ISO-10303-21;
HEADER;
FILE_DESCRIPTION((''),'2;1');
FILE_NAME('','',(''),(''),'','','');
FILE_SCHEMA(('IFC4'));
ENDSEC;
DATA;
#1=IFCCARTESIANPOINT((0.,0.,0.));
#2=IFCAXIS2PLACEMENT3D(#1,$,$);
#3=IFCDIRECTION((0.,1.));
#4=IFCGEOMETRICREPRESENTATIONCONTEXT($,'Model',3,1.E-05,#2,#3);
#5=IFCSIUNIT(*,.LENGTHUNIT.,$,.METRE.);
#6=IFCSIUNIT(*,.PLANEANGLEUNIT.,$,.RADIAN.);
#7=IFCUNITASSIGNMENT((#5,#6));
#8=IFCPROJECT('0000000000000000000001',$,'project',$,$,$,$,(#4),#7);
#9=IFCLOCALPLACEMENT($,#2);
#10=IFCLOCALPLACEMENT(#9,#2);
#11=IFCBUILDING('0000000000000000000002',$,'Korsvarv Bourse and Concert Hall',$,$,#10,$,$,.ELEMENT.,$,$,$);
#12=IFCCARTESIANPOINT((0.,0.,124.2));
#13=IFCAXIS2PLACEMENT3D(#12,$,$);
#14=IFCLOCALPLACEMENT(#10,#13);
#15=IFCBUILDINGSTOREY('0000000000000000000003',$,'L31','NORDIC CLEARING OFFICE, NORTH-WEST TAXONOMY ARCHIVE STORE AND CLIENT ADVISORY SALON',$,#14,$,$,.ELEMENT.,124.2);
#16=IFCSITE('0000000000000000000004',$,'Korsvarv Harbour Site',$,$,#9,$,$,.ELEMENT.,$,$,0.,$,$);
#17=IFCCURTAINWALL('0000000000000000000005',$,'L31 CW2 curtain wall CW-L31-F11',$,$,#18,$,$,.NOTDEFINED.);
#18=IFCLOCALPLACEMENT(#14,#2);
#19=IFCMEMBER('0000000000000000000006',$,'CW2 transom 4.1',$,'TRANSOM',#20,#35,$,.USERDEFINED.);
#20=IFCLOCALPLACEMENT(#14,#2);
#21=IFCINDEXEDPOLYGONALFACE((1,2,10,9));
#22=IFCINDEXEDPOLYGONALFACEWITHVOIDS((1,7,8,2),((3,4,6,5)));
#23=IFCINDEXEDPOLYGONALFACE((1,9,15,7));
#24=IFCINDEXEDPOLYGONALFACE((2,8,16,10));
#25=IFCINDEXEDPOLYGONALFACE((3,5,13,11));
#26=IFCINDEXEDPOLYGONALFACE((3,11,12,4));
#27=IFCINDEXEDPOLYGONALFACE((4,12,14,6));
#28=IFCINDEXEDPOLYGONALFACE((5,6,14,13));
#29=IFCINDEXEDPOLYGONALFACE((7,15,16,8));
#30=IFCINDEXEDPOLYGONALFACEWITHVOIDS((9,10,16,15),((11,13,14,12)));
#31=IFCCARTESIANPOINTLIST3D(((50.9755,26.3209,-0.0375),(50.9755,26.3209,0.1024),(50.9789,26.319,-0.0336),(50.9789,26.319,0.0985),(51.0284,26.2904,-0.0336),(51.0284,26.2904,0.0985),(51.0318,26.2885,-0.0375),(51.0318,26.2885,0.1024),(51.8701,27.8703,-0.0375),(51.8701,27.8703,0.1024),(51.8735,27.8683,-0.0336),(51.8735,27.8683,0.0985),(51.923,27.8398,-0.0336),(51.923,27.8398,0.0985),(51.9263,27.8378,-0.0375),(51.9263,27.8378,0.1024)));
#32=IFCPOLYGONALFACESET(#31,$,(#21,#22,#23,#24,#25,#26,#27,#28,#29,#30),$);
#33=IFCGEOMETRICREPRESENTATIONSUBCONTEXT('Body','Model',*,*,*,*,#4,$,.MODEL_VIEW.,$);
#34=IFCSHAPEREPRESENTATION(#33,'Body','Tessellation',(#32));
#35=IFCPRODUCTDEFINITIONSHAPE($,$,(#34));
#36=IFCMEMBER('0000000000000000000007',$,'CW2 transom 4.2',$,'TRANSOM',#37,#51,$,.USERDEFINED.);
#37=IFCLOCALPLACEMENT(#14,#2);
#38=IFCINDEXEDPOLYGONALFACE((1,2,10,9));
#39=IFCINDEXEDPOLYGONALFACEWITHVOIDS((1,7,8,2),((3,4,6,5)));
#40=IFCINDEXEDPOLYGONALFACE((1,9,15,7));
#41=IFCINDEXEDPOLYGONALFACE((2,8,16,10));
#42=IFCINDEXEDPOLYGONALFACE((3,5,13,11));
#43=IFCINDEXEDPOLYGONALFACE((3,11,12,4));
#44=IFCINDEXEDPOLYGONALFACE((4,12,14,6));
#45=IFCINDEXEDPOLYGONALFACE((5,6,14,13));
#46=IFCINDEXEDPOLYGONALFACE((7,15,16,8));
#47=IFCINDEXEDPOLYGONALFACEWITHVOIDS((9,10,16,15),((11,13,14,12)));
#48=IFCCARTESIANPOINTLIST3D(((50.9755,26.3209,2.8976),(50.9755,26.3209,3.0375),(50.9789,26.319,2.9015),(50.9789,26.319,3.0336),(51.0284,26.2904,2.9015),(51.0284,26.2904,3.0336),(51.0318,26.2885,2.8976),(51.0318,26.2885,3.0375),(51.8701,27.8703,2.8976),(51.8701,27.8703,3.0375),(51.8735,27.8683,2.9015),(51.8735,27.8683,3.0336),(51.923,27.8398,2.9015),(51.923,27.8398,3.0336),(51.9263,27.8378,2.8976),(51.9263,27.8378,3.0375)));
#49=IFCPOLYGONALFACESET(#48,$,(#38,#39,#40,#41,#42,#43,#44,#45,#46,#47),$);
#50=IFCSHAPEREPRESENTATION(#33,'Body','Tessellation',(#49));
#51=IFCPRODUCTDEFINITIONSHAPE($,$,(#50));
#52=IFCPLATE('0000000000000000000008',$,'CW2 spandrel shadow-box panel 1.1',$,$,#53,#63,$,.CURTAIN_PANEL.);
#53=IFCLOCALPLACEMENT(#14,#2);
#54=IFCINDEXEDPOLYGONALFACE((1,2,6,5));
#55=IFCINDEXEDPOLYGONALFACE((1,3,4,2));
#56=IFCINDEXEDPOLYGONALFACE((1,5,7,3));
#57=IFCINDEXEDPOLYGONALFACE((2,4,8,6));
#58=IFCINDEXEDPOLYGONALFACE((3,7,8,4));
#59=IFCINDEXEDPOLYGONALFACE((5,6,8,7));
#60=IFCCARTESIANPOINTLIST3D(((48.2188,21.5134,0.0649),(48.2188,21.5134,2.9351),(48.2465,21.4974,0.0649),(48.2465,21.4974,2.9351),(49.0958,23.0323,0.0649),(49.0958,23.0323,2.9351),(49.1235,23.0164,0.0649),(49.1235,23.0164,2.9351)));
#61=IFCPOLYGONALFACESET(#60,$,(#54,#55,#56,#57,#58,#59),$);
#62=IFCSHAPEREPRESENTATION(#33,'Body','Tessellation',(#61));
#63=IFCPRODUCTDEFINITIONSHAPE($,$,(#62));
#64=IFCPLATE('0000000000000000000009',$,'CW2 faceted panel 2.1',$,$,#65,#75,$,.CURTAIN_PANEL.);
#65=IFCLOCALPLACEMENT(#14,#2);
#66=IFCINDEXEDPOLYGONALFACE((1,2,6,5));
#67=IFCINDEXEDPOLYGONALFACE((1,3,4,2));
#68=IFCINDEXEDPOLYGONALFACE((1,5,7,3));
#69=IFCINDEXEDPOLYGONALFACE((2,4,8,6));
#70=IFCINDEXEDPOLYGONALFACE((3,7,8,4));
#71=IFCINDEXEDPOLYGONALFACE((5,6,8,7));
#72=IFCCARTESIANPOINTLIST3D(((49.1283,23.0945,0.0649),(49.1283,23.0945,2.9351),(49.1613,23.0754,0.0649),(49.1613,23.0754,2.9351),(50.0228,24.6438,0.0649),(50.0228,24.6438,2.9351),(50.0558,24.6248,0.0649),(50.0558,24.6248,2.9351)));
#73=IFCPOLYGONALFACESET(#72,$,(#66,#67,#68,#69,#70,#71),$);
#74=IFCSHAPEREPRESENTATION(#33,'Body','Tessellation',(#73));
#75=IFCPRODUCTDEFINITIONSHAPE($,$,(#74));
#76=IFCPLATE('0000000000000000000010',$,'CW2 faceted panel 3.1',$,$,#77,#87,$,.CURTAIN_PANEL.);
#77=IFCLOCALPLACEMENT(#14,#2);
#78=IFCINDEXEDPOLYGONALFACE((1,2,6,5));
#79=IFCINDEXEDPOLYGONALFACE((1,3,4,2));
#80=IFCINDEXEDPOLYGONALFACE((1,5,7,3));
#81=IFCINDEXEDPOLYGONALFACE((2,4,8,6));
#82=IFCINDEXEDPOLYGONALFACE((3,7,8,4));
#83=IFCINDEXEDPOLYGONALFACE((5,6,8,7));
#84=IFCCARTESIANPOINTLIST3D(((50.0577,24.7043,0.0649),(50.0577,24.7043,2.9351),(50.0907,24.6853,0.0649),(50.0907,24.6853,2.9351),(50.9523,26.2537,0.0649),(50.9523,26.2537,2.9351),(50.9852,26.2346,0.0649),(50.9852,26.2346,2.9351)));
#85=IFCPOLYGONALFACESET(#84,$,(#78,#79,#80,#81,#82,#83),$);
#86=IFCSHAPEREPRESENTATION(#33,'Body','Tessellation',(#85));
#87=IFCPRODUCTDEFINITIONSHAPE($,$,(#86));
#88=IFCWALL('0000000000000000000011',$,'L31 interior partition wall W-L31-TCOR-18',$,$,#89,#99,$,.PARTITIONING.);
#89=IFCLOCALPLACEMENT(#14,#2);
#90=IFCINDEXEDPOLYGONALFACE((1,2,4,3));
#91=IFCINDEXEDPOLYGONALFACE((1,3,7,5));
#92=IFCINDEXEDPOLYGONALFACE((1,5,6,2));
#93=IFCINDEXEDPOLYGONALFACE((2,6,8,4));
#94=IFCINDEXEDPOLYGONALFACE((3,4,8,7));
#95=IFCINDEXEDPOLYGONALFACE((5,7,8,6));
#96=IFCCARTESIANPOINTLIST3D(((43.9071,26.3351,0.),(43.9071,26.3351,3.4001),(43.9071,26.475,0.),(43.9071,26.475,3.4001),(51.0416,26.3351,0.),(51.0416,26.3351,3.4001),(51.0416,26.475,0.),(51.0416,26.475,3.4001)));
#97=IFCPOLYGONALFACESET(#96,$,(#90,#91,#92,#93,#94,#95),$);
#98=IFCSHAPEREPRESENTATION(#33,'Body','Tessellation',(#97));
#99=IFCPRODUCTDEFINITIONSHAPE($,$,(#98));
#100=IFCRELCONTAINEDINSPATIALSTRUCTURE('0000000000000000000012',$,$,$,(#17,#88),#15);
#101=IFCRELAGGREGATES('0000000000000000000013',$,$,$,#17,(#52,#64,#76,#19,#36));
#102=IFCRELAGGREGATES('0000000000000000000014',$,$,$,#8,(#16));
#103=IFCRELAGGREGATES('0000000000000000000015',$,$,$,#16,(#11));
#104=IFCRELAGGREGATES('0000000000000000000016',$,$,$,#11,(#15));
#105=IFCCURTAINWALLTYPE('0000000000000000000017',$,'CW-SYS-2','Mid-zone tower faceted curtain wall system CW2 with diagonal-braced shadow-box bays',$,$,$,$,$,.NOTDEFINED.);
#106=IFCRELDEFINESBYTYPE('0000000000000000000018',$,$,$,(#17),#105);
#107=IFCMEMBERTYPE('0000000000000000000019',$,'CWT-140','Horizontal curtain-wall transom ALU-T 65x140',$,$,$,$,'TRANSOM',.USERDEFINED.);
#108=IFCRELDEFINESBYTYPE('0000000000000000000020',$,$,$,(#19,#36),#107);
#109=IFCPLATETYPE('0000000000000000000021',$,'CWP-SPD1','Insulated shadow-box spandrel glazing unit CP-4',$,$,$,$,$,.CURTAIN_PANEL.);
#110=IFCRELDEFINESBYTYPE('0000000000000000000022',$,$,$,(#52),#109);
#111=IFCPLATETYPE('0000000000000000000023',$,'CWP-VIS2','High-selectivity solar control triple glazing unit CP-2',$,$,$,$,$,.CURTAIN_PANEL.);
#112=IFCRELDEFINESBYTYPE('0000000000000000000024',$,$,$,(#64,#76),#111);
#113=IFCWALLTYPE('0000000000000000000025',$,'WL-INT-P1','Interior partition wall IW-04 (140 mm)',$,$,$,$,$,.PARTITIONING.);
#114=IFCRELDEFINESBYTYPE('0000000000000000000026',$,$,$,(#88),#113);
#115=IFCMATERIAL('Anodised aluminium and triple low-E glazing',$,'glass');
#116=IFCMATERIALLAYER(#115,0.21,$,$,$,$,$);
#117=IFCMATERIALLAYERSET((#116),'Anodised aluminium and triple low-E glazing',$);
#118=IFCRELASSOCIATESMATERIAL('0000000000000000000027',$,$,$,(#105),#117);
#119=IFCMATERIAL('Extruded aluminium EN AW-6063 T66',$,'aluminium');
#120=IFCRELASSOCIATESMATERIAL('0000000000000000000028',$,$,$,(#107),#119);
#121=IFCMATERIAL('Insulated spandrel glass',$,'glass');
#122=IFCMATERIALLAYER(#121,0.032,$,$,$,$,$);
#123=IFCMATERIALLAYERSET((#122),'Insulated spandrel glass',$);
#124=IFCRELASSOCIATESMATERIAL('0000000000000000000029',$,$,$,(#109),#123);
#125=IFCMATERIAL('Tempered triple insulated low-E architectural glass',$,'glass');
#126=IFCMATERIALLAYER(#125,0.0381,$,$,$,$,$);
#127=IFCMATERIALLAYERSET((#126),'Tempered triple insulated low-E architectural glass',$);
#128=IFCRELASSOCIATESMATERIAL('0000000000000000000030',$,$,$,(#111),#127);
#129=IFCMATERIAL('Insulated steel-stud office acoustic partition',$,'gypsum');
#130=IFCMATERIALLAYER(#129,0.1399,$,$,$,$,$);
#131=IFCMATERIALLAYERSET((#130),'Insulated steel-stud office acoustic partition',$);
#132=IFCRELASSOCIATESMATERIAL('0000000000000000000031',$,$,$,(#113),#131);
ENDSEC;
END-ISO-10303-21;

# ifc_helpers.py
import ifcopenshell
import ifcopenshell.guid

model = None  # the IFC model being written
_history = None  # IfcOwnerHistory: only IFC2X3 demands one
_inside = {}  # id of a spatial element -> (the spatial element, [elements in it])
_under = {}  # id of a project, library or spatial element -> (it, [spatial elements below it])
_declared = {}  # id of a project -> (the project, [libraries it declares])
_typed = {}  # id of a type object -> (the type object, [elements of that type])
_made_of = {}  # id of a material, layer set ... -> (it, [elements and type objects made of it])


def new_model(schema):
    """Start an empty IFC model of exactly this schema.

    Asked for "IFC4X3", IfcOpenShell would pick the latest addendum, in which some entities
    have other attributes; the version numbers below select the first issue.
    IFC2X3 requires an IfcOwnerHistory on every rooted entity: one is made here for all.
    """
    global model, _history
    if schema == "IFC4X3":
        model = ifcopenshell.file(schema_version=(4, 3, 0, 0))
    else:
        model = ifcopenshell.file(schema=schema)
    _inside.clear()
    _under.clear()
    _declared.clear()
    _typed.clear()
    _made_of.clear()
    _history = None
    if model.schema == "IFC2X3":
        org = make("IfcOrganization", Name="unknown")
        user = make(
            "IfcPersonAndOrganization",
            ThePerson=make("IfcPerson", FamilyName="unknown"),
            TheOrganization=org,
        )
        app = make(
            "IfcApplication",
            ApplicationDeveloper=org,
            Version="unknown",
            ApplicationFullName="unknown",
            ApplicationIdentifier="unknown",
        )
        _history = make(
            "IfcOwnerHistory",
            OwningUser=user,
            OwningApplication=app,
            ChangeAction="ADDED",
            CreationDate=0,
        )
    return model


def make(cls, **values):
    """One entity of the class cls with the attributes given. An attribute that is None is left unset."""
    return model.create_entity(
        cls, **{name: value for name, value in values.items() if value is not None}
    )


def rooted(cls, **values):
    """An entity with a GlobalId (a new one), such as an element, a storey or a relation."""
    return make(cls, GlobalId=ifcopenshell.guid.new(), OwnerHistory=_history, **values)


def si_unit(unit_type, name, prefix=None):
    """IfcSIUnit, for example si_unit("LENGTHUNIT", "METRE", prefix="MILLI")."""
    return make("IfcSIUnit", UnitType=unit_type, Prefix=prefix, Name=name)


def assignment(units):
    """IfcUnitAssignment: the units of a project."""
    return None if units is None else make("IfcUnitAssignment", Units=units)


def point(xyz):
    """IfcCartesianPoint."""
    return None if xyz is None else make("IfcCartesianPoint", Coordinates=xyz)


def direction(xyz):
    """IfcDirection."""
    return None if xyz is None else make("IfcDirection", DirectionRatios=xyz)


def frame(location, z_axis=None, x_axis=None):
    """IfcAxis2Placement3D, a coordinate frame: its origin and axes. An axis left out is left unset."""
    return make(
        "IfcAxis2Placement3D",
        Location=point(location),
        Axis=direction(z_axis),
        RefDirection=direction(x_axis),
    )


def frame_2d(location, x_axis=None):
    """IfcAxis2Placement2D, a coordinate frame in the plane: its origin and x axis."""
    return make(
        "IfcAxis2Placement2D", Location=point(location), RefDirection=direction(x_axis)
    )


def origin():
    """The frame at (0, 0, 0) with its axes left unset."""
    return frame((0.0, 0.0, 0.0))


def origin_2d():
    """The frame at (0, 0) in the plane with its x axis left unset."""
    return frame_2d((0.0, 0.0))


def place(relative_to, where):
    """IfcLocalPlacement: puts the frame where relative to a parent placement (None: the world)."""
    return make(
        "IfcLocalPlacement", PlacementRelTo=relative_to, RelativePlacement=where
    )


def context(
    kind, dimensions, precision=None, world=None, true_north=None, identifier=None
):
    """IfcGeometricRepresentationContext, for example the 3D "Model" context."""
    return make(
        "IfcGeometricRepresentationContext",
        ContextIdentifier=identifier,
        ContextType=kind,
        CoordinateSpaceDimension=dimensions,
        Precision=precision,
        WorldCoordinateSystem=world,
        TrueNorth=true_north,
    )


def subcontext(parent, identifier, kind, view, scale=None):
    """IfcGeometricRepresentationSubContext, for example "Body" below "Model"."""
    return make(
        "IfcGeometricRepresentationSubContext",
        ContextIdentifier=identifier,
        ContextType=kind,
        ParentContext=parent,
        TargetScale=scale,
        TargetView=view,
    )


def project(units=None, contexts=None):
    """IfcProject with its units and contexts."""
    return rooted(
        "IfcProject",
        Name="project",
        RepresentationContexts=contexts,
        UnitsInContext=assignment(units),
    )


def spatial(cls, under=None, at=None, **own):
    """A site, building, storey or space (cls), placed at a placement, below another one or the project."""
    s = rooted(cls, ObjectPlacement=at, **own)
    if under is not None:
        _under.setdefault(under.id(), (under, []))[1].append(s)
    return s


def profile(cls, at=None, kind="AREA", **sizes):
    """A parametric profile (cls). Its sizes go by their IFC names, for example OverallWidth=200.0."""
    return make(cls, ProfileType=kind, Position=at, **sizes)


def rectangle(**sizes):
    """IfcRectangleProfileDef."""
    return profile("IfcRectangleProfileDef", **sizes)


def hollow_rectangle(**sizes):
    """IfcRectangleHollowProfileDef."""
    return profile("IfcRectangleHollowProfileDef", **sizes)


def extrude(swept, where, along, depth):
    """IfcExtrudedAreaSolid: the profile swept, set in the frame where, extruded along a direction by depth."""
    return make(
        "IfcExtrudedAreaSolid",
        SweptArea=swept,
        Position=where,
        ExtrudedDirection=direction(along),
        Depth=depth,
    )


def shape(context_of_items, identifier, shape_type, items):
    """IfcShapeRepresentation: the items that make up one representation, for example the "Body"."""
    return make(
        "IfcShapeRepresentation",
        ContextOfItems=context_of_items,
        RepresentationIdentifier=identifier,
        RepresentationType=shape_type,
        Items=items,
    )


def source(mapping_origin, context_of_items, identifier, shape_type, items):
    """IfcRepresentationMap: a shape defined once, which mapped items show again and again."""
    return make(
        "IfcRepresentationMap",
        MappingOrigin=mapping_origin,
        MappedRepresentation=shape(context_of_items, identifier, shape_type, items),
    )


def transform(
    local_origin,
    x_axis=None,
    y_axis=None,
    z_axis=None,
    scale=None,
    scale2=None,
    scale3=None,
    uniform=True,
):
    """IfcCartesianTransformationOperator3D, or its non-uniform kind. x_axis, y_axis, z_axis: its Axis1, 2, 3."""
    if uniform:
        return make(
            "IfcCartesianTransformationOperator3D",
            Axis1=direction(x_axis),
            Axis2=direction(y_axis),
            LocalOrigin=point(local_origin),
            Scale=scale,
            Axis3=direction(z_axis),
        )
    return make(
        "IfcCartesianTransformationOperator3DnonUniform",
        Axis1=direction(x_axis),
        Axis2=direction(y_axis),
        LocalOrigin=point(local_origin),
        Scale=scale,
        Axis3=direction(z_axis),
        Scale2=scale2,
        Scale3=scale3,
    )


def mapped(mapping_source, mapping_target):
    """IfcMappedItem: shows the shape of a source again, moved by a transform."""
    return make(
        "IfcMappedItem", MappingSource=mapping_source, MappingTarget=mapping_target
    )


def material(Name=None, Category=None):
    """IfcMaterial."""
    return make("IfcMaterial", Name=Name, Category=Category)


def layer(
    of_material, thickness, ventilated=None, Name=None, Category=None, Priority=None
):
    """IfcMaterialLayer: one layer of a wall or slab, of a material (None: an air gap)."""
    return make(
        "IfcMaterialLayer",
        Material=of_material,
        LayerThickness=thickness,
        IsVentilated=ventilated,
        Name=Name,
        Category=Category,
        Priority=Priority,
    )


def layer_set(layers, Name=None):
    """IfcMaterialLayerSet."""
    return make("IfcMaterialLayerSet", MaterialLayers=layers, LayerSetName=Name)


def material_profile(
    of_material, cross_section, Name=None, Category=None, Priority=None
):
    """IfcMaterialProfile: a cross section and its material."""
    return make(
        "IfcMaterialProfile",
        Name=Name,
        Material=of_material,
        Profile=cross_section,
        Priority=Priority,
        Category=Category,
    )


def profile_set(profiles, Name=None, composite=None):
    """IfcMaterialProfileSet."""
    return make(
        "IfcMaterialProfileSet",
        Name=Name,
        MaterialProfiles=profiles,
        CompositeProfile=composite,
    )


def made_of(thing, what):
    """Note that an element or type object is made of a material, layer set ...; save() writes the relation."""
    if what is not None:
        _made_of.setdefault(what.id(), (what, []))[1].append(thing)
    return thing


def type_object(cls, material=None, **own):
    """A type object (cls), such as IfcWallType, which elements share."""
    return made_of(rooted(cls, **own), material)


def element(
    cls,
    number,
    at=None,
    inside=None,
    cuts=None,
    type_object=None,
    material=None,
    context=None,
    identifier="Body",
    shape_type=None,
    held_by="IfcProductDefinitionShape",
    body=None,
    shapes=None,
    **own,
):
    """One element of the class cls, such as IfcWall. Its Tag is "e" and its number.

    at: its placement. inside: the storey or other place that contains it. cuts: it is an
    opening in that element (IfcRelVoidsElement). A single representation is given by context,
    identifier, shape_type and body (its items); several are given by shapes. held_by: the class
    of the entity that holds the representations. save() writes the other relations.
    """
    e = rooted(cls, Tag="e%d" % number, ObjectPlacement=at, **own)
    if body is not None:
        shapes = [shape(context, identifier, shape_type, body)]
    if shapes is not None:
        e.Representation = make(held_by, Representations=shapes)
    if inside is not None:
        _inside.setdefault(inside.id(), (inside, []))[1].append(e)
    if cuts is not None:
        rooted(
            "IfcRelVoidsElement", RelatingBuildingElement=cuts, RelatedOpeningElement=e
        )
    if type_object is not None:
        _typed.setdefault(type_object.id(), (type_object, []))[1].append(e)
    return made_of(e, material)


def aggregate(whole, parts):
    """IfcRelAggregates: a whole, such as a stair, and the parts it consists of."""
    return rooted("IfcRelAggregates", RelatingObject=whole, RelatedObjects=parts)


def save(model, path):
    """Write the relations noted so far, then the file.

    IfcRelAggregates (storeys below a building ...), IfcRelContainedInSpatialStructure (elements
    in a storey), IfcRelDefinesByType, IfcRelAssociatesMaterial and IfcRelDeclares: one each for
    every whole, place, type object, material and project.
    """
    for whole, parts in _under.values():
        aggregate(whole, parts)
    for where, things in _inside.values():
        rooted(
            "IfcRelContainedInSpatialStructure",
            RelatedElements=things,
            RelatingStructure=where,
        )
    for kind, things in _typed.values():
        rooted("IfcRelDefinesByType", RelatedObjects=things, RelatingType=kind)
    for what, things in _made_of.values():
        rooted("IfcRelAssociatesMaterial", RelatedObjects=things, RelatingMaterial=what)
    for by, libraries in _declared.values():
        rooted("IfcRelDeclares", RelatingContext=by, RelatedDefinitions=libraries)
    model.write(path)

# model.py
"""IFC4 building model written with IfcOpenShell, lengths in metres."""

from ifc_helpers import new_model, si_unit, direction, frame, frame_2d, origin, origin_2d, place, context, subcontext, project, spatial, rectangle, hollow_rectangle, extrude, source, transform, mapped, material, layer, layer_set, material_profile, profile_set, type_object, element, aggregate, save


model = new_model("IFC4")

# Units and contexts
model_context = context("Model", 3, precision=1e-05, world=origin(), true_north=direction((0.0, 1.0)))
body_context = subcontext(model_context, "Body", "Model", "MODEL_VIEW")
ifc_project = project(units=[si_unit("LENGTHUNIT", "METRE"), si_unit("PLANEANGLEUNIT", "RADIAN")], contexts=[model_context])

# Site, building, storey
site_placement = place(None, origin())
site = spatial("IfcSite", under=ifc_project, at=site_placement, Name="Korsvarv Harbour Site", CompositionType="ELEMENT", RefElevation=0.0)
building_placement = place(site_placement, origin())
building = spatial("IfcBuilding", under=site, at=building_placement, Name="Korsvarv Bourse and Concert Hall", CompositionType="ELEMENT")
storey_placement = place(building_placement, frame((0.0, 0.0, 124.2)))
storey = spatial("IfcBuildingStorey", under=building, at=storey_placement, Name="L31", Description="NORDIC CLEARING OFFICE, NORTH-WEST TAXONOMY ARCHIVE STORE AND CLIENT ADVISORY SALON", CompositionType="ELEMENT", Elevation=124.2)

# Curtain wall, members, plates
ifc_material_1 = material(Name="Anodised aluminium and triple low-E glazing", Category="glass")
ifc_layer_1 = layer(ifc_material_1, 0.21)
ifc_layer_set_1 = layer_set([ifc_layer_1], Name="Anodised aluminium and triple low-E glazing")
curtain_wall_type = type_object("IfcCurtainWallType", Name="CW-SYS-2", Description="Mid-zone tower faceted curtain wall system CW2 with diagonal-braced shadow-box bays", PredefinedType="NOTDEFINED", material=ifc_layer_set_1)
curtain_wall_placement = place(storey_placement, origin())
curtain_wall = element("IfcCurtainWall", 1, at=curtain_wall_placement, inside=storey, type_object=curtain_wall_type, Name="L31 CW2 curtain wall CW-L31-F11", PredefinedType="NOTDEFINED")
ifc_material_2 = material(Name="Extruded aluminium EN AW-6063 T66", Category="aluminium")
ifc_material_profile_1 = material_profile(ifc_material_2, hollow_rectangle(XDim=0.0649, YDim=0.1399, WallThickness=0.0039, at=origin_2d()), Name="ALU-T 65x140")
ifc_profile_set_1 = profile_set([ifc_material_profile_1], Name="Extruded aluminium EN AW-6063 T66")
member_type_1 = type_object("IfcMemberType", Name="CWT-140", Description="Horizontal curtain-wall transom ALU-T 65x140", ElementType="TRANSOM", PredefinedType="USERDEFINED", material=ifc_profile_set_1)
shared_shape_1 = source(origin(), body_context, "Body", "SweptSolid", [
    extrude(hollow_rectangle(XDim=0.0649, YDim=0.1399, WallThickness=0.0039, at=origin_2d()), origin(), (0.0, 0.0, 1.0), 1.7891),
])
member_1_placement = place(storey_placement, frame((51.0037, 26.3047, 0.0325), z_axis=(0.500014, 0.866017, 0.0), x_axis=(-0.866017, 0.500014, 0.0)))
member_1 = element("IfcMember", 2, at=member_1_placement, type_object=member_type_1, Name="CW2 transom 4.1", ObjectType="TRANSOM", PredefinedType="USERDEFINED", context=body_context, shape_type="MappedRepresentation", body=[
    mapped(shared_shape_1, transform((0.0, 0.0, 0.0), scale=1.0)),
])
member_2_placement = place(storey_placement, frame((51.0037, 26.3047, 2.9675), z_axis=(0.500014, 0.866017, 0.0), x_axis=(-0.866017, 0.500014, 0.0)))
member_2 = element("IfcMember", 3, at=member_2_placement, type_object=member_type_1, Name="CW2 transom 4.2", ObjectType="TRANSOM", PredefinedType="USERDEFINED", context=body_context, shape_type="MappedRepresentation", body=[
    mapped(shared_shape_1, transform((0.0, 0.0, 0.0), scale=1.0)),
])
ifc_material_3 = material(Name="Insulated spandrel glass", Category="glass")
ifc_layer_2 = layer(ifc_material_3, 0.032)
ifc_layer_set_2 = layer_set([ifc_layer_2], Name="Insulated spandrel glass")
plate_type_1 = type_object("IfcPlateType", Name="CWP-SPD1", Description="Insulated shadow-box spandrel glazing unit CP-4", PredefinedType="CURTAIN_PANEL", material=ifc_layer_set_2)
shared_shape_2 = source(origin(), body_context, "Body", "SweptSolid", [
    extrude(rectangle(XDim=1.7539, YDim=0.032, at=origin_2d()), origin(), (0.0, 0.0, 1.0), 2.8701),
])
plate_1_placement = place(storey_placement, frame((48.6711, 22.2649, 0.0649), z_axis=(0.0, 0.0, 1.0), x_axis=(0.500007, 0.866021, 0.0)))
plate_1 = element("IfcPlate", 4, at=plate_1_placement, type_object=plate_type_1, Name="CW2 spandrel shadow-box panel 1.1", PredefinedType="CURTAIN_PANEL", context=body_context, shape_type="MappedRepresentation", body=[
    mapped(shared_shape_2, transform((0.0, 0.0, 0.0), scale=1.0)),
])
ifc_material_4 = material(Name="Tempered triple insulated low-E architectural glass", Category="glass")
ifc_layer_3 = layer(ifc_material_4, 0.0381)
ifc_layer_set_3 = layer_set([ifc_layer_3], Name="Tempered triple insulated low-E architectural glass")
plate_type_2 = type_object("IfcPlateType", Name="CWP-VIS2", Description="High-selectivity solar control triple glazing unit CP-2", PredefinedType="CURTAIN_PANEL", material=ifc_layer_set_3)
shared_shape_3 = source(origin(), body_context, "Body", "SweptSolid", [
    extrude(rectangle(XDim=1.7891, YDim=0.0381, at=origin_2d()), origin(), (0.0, 0.0, 1.0), 2.8701),
])
plate_2_placement = place(storey_placement, frame((49.592, 23.8596, 0.0649), z_axis=(0.0, 0.0, 1.0), x_axis=(0.500007, 0.866021, 0.0)))
plate_2 = element("IfcPlate", 5, at=plate_2_placement, type_object=plate_type_2, Name="CW2 faceted panel 2.1", PredefinedType="CURTAIN_PANEL", context=body_context, shape_type="MappedRepresentation", body=[
    mapped(shared_shape_3, transform((0.0, 0.0, 0.0), scale=1.0)),
])
plate_3_placement = place(storey_placement, frame((50.5215, 25.4695, 0.0649), z_axis=(0.0, 0.0, 1.0), x_axis=(0.500007, 0.866021, 0.0)))
plate_3 = element("IfcPlate", 6, at=plate_3_placement, type_object=plate_type_2, Name="CW2 faceted panel 3.1", PredefinedType="CURTAIN_PANEL", context=body_context, shape_type="MappedRepresentation", body=[
    mapped(shared_shape_3, transform((0.0, 0.0, 0.0), scale=1.0)),
])
aggregate(curtain_wall, [plate_1, plate_2, plate_3, member_1, member_2])

# Wall
ifc_material_5 = material(Name="Insulated steel-stud office acoustic partition", Category="gypsum")
ifc_layer_4 = layer(ifc_material_5, 0.1399)
ifc_layer_set_4 = layer_set([ifc_layer_4], Name="Insulated steel-stud office acoustic partition")
wall_type = type_object("IfcWallType", Name="WL-INT-P1", Description="Interior partition wall IW-04 (140 mm)", PredefinedType="PARTITIONING", material=ifc_layer_set_4)
wall_placement = place(storey_placement, frame((43.907, 26.405, 0.0), z_axis=(0.0, 0.0, 1.0), x_axis=(1.0, 0.0, 0.0)))
element("IfcWall", 7, at=wall_placement, inside=storey, type_object=wall_type, Name="L31 interior partition wall W-L31-TCOR-18", PredefinedType="PARTITIONING", context=body_context, shape_type="SweptSolid", body=[
    extrude(rectangle(XDim=7.1345, YDim=0.1399, at=frame_2d((3.5674, 0.0))), origin(), (0.0, 0.0, 1.0), 3.4001),
])

save(model, "model.ifc")
